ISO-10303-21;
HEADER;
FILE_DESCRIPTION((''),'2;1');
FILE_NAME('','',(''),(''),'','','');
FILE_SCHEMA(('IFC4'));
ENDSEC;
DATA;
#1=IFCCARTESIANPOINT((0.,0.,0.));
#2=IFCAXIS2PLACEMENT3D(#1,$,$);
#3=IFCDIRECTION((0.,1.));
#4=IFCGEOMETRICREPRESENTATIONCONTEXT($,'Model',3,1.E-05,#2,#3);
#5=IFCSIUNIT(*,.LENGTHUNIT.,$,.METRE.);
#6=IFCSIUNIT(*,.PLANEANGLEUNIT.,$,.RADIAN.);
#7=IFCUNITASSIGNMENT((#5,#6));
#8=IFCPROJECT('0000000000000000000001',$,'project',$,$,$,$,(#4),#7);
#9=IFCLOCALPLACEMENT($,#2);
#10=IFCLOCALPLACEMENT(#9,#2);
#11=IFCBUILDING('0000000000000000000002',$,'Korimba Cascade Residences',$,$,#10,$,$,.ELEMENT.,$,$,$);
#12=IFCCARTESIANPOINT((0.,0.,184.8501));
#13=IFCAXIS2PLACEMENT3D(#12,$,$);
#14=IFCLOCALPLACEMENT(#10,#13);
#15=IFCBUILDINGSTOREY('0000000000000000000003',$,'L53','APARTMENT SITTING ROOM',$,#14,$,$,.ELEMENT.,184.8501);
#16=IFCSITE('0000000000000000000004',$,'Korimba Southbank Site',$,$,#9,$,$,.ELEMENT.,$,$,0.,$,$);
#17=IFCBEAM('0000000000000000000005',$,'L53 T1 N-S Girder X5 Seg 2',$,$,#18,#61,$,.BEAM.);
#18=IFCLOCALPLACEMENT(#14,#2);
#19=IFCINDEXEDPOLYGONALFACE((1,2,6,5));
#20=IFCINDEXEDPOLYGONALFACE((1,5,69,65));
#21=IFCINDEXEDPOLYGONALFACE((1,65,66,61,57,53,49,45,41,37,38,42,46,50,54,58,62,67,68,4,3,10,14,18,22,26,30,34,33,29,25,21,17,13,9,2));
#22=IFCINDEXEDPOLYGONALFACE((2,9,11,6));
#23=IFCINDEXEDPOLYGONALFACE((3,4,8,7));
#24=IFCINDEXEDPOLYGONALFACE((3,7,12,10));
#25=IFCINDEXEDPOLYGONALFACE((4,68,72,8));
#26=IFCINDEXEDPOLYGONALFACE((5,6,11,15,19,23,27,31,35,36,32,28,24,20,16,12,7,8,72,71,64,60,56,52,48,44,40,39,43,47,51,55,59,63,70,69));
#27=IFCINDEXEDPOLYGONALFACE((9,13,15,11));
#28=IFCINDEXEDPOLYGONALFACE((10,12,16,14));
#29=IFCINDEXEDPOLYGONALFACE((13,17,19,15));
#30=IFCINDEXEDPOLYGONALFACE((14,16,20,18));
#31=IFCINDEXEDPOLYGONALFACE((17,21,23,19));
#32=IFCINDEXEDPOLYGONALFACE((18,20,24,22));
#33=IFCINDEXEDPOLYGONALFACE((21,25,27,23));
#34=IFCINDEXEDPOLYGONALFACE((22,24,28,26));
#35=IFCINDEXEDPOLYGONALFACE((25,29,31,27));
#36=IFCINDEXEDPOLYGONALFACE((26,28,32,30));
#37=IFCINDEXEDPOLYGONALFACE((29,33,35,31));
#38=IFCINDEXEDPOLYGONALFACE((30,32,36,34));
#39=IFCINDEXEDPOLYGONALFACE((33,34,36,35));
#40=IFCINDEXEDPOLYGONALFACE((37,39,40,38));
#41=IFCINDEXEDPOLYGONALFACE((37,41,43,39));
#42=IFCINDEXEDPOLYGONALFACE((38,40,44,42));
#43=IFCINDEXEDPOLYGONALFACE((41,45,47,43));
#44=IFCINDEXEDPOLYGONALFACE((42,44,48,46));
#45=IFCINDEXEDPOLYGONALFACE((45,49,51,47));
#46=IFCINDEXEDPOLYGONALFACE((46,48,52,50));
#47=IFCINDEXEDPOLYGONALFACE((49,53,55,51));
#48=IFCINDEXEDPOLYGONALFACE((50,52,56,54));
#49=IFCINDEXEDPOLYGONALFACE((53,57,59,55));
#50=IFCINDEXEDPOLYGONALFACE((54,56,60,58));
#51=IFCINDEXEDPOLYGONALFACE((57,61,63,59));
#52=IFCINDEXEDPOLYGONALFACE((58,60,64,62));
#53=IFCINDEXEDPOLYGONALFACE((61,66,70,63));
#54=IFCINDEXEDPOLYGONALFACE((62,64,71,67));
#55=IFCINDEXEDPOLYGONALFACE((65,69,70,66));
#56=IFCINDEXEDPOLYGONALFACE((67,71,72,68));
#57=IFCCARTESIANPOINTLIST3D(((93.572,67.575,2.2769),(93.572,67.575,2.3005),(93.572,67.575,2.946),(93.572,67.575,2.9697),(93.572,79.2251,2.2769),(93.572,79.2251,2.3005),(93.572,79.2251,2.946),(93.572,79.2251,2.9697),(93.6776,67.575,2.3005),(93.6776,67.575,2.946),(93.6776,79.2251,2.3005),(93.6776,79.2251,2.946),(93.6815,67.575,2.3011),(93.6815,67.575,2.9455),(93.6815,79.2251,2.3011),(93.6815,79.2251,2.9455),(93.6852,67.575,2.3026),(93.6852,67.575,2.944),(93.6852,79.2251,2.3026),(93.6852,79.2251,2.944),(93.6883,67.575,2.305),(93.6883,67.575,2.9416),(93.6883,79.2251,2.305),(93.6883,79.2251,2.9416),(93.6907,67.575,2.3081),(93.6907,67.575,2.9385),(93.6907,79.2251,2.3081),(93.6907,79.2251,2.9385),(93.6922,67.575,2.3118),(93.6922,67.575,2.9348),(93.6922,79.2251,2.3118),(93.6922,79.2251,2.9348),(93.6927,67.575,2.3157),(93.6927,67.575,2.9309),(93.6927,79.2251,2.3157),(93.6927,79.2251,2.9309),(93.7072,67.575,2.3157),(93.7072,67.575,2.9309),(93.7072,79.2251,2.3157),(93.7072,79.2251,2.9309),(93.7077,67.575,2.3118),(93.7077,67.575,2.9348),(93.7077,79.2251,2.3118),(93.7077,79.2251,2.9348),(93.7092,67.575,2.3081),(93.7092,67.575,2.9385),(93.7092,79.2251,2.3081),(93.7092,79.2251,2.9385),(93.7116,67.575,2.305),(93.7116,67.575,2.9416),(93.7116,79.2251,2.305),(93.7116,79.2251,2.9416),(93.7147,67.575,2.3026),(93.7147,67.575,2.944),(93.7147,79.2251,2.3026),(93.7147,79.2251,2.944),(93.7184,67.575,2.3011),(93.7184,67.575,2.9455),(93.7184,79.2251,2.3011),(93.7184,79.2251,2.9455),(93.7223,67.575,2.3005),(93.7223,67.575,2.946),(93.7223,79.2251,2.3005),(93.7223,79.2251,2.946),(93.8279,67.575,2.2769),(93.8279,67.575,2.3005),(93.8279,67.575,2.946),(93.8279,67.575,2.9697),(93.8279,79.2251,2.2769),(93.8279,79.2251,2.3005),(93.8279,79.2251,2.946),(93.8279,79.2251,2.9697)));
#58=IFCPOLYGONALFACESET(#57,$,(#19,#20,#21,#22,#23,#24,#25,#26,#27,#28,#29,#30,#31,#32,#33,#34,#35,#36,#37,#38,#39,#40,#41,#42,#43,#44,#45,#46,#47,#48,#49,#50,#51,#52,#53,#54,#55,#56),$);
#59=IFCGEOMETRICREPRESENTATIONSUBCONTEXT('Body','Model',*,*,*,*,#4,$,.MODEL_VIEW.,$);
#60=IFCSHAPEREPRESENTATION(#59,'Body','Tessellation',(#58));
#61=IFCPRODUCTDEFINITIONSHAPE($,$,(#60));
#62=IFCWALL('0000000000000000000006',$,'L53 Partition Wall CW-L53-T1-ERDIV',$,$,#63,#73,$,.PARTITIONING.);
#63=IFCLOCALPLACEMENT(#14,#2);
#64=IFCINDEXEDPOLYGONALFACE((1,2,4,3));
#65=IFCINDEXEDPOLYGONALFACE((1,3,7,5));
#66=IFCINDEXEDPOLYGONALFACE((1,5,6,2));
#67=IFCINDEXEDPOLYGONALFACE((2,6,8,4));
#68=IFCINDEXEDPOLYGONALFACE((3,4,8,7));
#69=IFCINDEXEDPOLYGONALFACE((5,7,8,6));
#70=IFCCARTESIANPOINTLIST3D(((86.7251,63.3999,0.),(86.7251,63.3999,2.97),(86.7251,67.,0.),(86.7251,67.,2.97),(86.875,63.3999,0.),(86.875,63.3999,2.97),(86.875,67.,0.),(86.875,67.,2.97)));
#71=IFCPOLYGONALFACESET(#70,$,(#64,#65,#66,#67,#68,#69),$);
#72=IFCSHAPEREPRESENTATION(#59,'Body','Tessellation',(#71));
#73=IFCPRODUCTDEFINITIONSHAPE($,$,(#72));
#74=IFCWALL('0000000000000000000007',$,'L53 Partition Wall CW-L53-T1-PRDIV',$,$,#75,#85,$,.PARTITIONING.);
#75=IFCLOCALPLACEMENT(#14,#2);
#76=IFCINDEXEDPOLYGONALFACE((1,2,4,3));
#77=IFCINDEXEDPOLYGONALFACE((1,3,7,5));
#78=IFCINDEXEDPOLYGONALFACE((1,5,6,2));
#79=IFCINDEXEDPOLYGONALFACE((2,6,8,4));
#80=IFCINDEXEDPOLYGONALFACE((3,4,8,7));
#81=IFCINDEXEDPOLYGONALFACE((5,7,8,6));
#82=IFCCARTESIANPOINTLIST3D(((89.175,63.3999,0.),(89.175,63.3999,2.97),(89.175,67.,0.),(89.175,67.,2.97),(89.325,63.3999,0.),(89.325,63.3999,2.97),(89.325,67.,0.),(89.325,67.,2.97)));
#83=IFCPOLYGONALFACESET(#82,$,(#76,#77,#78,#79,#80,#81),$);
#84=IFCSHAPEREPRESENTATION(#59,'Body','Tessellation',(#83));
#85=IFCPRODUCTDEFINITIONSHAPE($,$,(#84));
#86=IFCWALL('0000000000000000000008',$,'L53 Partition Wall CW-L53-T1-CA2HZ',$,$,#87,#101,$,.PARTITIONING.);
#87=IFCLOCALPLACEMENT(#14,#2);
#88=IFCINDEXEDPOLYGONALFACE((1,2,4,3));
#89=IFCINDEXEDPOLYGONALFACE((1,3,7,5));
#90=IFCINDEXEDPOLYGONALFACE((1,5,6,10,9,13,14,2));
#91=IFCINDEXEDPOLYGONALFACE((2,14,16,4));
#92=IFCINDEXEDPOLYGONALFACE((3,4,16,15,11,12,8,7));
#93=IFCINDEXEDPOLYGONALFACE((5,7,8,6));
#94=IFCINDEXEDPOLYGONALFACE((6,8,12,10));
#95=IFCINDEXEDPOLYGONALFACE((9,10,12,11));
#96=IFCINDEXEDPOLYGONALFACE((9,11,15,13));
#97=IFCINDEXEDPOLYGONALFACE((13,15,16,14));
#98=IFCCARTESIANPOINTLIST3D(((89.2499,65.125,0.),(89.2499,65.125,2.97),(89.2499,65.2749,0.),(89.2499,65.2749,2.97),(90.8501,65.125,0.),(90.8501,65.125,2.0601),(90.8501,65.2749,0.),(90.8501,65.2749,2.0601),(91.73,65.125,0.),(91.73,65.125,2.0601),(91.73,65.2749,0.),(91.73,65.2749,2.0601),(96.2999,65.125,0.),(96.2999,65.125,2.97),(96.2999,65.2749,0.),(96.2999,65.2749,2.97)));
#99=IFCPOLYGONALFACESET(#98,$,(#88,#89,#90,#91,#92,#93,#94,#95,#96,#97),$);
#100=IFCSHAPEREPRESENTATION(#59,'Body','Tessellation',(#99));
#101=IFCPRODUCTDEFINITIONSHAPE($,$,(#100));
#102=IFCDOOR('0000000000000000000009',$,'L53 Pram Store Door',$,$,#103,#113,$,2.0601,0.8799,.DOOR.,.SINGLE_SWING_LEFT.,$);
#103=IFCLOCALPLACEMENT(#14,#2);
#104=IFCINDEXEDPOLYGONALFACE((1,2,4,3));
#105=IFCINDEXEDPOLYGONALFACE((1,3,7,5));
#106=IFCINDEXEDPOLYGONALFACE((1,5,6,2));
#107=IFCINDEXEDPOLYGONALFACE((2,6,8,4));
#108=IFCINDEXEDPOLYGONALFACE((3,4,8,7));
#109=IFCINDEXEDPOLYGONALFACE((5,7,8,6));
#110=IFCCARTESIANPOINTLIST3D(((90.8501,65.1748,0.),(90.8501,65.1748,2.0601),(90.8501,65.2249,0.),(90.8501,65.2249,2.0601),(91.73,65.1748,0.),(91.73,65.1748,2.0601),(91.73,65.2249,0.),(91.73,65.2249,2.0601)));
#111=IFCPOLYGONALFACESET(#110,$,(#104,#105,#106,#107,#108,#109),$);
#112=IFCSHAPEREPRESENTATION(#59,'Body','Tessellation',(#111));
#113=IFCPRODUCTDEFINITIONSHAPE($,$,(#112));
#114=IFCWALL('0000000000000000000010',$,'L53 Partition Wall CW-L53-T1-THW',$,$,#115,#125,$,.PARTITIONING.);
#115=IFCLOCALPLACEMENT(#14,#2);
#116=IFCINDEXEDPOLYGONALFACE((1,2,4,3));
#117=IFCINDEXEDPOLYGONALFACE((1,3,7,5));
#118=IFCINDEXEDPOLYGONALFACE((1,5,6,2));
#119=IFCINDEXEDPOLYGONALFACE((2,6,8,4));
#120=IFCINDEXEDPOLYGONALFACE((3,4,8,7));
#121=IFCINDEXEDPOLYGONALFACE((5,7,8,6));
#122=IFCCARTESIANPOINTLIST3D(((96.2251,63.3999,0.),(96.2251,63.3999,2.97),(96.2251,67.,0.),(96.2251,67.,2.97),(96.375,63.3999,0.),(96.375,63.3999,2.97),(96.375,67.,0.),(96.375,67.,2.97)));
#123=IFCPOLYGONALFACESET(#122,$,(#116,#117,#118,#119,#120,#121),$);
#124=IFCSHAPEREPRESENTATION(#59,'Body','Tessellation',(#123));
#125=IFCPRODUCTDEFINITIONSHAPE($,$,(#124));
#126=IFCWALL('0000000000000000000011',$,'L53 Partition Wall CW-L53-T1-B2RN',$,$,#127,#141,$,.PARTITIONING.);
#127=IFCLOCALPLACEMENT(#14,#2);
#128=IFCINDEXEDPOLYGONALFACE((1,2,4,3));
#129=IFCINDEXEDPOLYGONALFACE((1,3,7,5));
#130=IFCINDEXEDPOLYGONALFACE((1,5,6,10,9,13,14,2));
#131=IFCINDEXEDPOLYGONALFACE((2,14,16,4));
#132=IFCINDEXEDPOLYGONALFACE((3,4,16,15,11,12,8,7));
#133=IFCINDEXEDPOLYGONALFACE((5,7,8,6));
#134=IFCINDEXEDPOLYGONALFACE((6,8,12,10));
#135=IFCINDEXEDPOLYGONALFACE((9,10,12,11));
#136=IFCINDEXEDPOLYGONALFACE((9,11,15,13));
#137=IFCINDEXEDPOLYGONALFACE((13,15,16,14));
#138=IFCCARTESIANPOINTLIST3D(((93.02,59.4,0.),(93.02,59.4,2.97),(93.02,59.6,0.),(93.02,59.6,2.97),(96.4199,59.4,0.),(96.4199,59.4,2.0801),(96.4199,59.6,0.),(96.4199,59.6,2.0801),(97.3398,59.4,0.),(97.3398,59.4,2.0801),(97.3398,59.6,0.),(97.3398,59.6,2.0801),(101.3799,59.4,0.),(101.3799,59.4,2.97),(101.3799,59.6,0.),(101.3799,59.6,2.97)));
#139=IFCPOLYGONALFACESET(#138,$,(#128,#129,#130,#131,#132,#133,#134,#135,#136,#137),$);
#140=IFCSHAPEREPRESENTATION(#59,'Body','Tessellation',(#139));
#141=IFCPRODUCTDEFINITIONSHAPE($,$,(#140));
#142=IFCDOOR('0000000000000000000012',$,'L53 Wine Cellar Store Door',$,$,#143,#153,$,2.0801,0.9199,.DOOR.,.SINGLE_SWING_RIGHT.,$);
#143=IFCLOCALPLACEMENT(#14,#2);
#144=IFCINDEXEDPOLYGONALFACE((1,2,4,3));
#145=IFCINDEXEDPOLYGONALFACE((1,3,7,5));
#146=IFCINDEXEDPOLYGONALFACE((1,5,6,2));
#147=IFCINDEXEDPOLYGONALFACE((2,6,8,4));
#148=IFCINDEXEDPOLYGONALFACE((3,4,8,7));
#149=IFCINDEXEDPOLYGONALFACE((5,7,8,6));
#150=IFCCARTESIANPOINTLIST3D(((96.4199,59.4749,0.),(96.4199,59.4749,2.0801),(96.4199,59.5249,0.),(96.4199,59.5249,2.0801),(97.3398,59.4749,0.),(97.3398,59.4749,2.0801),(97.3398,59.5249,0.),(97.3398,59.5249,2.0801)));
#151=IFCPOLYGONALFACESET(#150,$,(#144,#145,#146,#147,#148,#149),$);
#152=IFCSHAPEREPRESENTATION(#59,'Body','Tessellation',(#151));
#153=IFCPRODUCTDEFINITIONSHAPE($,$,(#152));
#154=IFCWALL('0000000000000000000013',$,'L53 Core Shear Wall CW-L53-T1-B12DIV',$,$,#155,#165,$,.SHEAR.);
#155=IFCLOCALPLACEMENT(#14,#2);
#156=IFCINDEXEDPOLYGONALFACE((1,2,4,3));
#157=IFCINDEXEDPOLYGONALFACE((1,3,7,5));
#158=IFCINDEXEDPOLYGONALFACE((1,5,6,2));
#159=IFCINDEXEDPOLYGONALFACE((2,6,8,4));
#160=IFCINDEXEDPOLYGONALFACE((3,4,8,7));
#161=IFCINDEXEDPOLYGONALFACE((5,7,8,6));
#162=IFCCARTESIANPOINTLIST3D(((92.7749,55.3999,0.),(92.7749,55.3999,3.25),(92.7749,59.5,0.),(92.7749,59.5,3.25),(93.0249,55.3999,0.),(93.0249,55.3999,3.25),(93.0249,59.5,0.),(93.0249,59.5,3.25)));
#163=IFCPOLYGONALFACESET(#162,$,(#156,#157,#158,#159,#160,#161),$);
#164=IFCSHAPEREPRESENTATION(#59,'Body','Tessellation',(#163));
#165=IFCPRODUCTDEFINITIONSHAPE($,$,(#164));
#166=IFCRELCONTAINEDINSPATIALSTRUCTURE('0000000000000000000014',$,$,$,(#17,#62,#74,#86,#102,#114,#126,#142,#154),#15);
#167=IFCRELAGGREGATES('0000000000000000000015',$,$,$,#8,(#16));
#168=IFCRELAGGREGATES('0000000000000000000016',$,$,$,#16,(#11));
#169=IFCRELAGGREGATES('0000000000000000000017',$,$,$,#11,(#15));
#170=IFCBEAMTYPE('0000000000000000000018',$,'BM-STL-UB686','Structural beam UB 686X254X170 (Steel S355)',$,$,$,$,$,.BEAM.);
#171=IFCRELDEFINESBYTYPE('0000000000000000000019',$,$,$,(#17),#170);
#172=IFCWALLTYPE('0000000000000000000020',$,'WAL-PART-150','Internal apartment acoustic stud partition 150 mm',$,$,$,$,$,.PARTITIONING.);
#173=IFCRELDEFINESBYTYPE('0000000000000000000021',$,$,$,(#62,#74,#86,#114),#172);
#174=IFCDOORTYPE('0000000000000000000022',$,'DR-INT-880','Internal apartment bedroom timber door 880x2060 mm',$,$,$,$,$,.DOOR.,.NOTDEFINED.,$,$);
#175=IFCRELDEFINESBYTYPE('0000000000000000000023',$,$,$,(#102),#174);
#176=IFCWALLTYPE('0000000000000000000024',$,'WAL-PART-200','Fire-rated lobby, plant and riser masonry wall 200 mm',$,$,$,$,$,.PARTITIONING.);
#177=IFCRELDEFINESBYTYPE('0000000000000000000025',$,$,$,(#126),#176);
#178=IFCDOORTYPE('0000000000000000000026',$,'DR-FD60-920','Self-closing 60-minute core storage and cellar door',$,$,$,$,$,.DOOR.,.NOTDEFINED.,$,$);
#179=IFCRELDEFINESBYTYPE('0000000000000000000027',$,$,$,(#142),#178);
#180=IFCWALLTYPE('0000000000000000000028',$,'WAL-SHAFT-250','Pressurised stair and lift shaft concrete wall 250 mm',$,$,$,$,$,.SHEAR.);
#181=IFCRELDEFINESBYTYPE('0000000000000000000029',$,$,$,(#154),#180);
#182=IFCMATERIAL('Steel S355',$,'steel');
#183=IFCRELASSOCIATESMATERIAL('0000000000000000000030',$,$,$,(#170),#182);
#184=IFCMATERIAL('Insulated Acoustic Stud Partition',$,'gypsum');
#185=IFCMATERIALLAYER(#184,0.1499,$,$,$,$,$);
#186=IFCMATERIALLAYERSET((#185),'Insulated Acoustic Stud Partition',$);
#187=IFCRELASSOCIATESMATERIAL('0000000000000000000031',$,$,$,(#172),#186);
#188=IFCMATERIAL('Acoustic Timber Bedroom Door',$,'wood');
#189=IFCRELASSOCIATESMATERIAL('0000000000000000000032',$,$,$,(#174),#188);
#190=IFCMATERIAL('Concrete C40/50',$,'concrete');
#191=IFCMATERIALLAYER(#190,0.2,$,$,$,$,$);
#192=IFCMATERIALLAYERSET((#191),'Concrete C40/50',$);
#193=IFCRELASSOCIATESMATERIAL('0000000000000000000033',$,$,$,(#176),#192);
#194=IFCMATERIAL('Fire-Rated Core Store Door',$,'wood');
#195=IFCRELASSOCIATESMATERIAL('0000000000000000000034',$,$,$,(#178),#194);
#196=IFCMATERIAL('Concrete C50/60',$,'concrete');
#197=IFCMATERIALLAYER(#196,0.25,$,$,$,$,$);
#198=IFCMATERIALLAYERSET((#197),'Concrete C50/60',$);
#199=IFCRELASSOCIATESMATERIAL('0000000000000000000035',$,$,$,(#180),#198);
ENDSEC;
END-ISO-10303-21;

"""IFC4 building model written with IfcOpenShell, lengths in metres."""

from ifc_helpers import new_model, si_unit, direction, frame, frame_2d, origin, origin_2d, place, context, subcontext, project, spatial, rectangle, i_section, extrude, material, layer, layer_set, material_profile, profile_set, type_object, element, fill, save


model = new_model("IFC4")

# Units and contexts
model_context = context("Model", 3, precision=1e-05, world=origin(), true_north=direction((0.0, 1.0)))
body_context = subcontext(model_context, "Body", "Model", "MODEL_VIEW")
ifc_project = project(units=[si_unit("LENGTHUNIT", "METRE"), si_unit("PLANEANGLEUNIT", "RADIAN")], contexts=[model_context])

# Site, building, storey
site_placement = place(None, origin())
site = spatial("IfcSite", under=ifc_project, at=site_placement, Name="Korimba Southbank Site", CompositionType="ELEMENT", RefElevation=0.0)
building_placement = place(site_placement, origin())
building = spatial("IfcBuilding", under=site, at=building_placement, Name="Korimba Cascade Residences", CompositionType="ELEMENT")
storey_placement = place(building_placement, frame((0.0, 0.0, 184.8501)))
storey = spatial("IfcBuildingStorey", under=building, at=storey_placement, Name="L53", Description="APARTMENT SITTING ROOM", CompositionType="ELEMENT", Elevation=184.8501)

# Beam
ifc_material_1 = material(Name="Steel S355", Category="steel")
ifc_material_profile_1 = material_profile(ifc_material_1, i_section(OverallWidth=0.2559, OverallDepth=0.6929, WebThickness=0.0144, FlangeThickness=0.0237, FilletRadius=0.0151, at=origin_2d()), Name="Steel S355")
ifc_profile_set_1 = profile_set([ifc_material_profile_1], Name="Steel S355")
beam_type = type_object("IfcBeamType", Name="BM-STL-UB686", Description="Structural beam UB 686X254X170 (Steel S355)", PredefinedType="BEAM", material=ifc_profile_set_1)
beam_1_placement = place(storey_placement, frame((93.7, 67.575, 2.6233), z_axis=(0.0, 1.0, 0.0), x_axis=(-1.0, 0.0, 0.0)))
element("IfcBeam", 1, at=beam_1_placement, inside=storey, type_object=beam_type, Name="L53 T1 N-S Girder X5 Seg 2", PredefinedType="BEAM", context=body_context, shape_type="SweptSolid", body=[
    extrude(i_section(OverallWidth=0.2559, OverallDepth=0.6929, WebThickness=0.0144, FlangeThickness=0.0237, FilletRadius=0.0151, at=origin_2d()), origin(), (0.0, 0.0, 1.0), 11.6501),
])

# Walls
ifc_material_2 = material(Name="Insulated Acoustic Stud Partition", Category="gypsum")
ifc_layer_1 = layer(ifc_material_2, 0.1499)
ifc_layer_set_1 = layer_set([ifc_layer_1], Name="Insulated Acoustic Stud Partition")
wall_type_1 = type_object("IfcWallType", Name="WAL-PART-150", Description="Internal apartment acoustic stud partition 150 mm", PredefinedType="PARTITIONING", material=ifc_layer_set_1)
for number, where, z_axis, x_axis, name in (
    (2, (86.8, 63.3999, 0.0), (0.0, 0.0, 1.0), (0.0, 1.0, 0.0), "L53 Partition Wall CW-L53-T1-ERDIV"),
    (3, (89.25, 63.3999, 0.0), (0.0, 0.0, 1.0), (0.0, 1.0, 0.0), "L53 Partition Wall CW-L53-T1-PRDIV"),
):
    element("IfcWall", number, at=place(storey_placement, frame(where, z_axis=z_axis, x_axis=x_axis)), inside=storey, type_object=wall_type_1, Name=name, PredefinedType="PARTITIONING", context=body_context, shape_type="SweptSolid", body=[
        extrude(rectangle(XDim=3.6001, YDim=0.1499, at=frame_2d((1.8, 0.0))), origin(), (0.0, 0.0, 1.0), 2.97),
    ])

# Wall, opening, door
wall_1_placement = place(storey_placement, frame((89.25, 65.2, 0.0), z_axis=(0.0, 0.0, 1.0), x_axis=(1.0, 0.0, 0.0)))
wall_1 = element("IfcWall", 4, at=wall_1_placement, inside=storey, type_object=wall_type_1, Name="L53 Partition Wall CW-L53-T1-CA2HZ", PredefinedType="PARTITIONING", context=body_context, shape_type="SweptSolid", body=[
    extrude(rectangle(XDim=7.05, YDim=0.1499, at=frame_2d((3.5249, 0.0))), origin(), (0.0, 0.0, 1.0), 2.97),
])
opening_1_placement = place(wall_1_placement, frame((1.6001, 0.0, 0.0)))
opening_1 = element("IfcOpeningElement", 5, at=opening_1_placement, cuts=wall_1, PredefinedType="OPENING", context=body_context, shape_type="SweptSolid", body=[
    extrude(rectangle(XDim=0.8799, YDim=2.0601, at=frame_2d((0.4399, 1.03))), frame((0.0, 0.085, 0.0), z_axis=(0.0, -1.0, 0.0), x_axis=(1.0, 0.0, 0.0)), (0.0, 0.0, 1.0), 0.1699),
])
ifc_material_3 = material(Name="Acoustic Timber Bedroom Door", Category="wood")
door_type_1 = type_object("IfcDoorType", Name="DR-INT-880", Description="Internal apartment bedroom timber door 880x2060 mm", OperationType="NOTDEFINED", PredefinedType="DOOR", material=ifc_material_3)
door_1_placement = place(opening_1_placement, origin())
door_1 = element("IfcDoor", 6, at=door_1_placement, inside=storey, type_object=door_type_1, Name="L53 Pram Store Door", OperationType="SINGLE_SWING_LEFT", OverallHeight=2.0601, OverallWidth=0.8799, PredefinedType="DOOR", context=body_context, shape_type="SweptSolid", body=[
    extrude(rectangle(XDim=0.8799, YDim=2.0601, at=frame_2d((0.4399, 1.03))), frame((0.0, 0.0249, 0.0), z_axis=(0.0, -1.0, 0.0), x_axis=(1.0, 0.0, 0.0)), (0.0, 0.0, 1.0), 0.05),
])
fill(opening_1, door_1)

# Wall
wall_2_placement = place(storey_placement, frame((96.3, 63.3999, 0.0), z_axis=(0.0, 0.0, 1.0), x_axis=(0.0, 1.0, 0.0)))
element("IfcWall", 7, at=wall_2_placement, inside=storey, type_object=wall_type_1, Name="L53 Partition Wall CW-L53-T1-THW", PredefinedType="PARTITIONING", context=body_context, shape_type="SweptSolid", body=[
    extrude(rectangle(XDim=3.6001, YDim=0.1499, at=frame_2d((1.8, 0.0))), origin(), (0.0, 0.0, 1.0), 2.97),
])

# Wall, opening, door
ifc_material_4 = material(Name="Concrete C40/50", Category="concrete")
ifc_layer_2 = layer(ifc_material_4, 0.2)
ifc_layer_set_2 = layer_set([ifc_layer_2], Name="Concrete C40/50")
wall_type_2 = type_object("IfcWallType", Name="WAL-PART-200", Description="Fire-rated lobby, plant and riser masonry wall 200 mm", PredefinedType="PARTITIONING", material=ifc_layer_set_2)
wall_3_placement = place(storey_placement, frame((93.02, 59.5, 0.0), z_axis=(0.0, 0.0, 1.0), x_axis=(1.0, 0.0, 0.0)))
wall_3 = element("IfcWall", 8, at=wall_3_placement, inside=storey, type_object=wall_type_2, Name="L53 Partition Wall CW-L53-T1-B2RN", PredefinedType="PARTITIONING", context=body_context, shape_type="SweptSolid", body=[
    extrude(rectangle(XDim=8.3599, YDim=0.2, at=frame_2d((4.1799, 0.0))), origin(), (0.0, 0.0, 1.0), 2.97),
])
opening_2_placement = place(wall_3_placement, frame((3.3999, 0.0, 0.0)))
opening_2 = element("IfcOpeningElement", 9, at=opening_2_placement, cuts=wall_3, PredefinedType="OPENING", context=body_context, shape_type="SweptSolid", body=[
    extrude(rectangle(XDim=0.9199, YDim=2.0801, at=frame_2d((0.46, 1.04))), frame((0.0, 0.1099, 0.0), z_axis=(0.0, -1.0, 0.0), x_axis=(1.0, 0.0, 0.0)), (0.0, 0.0, 1.0), 0.22),
])
ifc_material_5 = material(Name="Fire-Rated Core Store Door", Category="wood")
door_type_2 = type_object("IfcDoorType", Name="DR-FD60-920", Description="Self-closing 60-minute core storage and cellar door", OperationType="NOTDEFINED", PredefinedType="DOOR", material=ifc_material_5)
door_2_placement = place(opening_2_placement, origin())
door_2 = element("IfcDoor", 10, at=door_2_placement, inside=storey, type_object=door_type_2, Name="L53 Wine Cellar Store Door", OperationType="SINGLE_SWING_RIGHT", OverallHeight=2.0801, OverallWidth=0.9199, PredefinedType="DOOR", context=body_context, shape_type="SweptSolid", body=[
    extrude(rectangle(XDim=0.9199, YDim=2.0801, at=frame_2d((0.46, 1.04))), frame((0.0, 0.0249, 0.0), z_axis=(0.0, -1.0, 0.0), x_axis=(1.0, 0.0, 0.0)), (0.0, 0.0, 1.0), 0.05),
])
fill(opening_2, door_2)

# Wall
ifc_material_6 = material(Name="Concrete C50/60", Category="concrete")
ifc_layer_3 = layer(ifc_material_6, 0.25)
ifc_layer_set_3 = layer_set([ifc_layer_3], Name="Concrete C50/60")
wall_type_3 = type_object("IfcWallType", Name="WAL-SHAFT-250", Description="Pressurised stair and lift shaft concrete wall 250 mm", PredefinedType="SHEAR", material=ifc_layer_set_3)
wall_4_placement = place(storey_placement, frame((92.8999, 55.3999, 0.0), z_axis=(0.0, 0.0, 1.0), x_axis=(0.0, 1.0, 0.0)))
element("IfcWall", 11, at=wall_4_placement, inside=storey, type_object=wall_type_3, Name="L53 Core Shear Wall CW-L53-T1-B12DIV", PredefinedType="SHEAR", context=body_context, shape_type="SweptSolid", body=[
    extrude(rectangle(XDim=4.1001, YDim=0.25, at=frame_2d((2.05, 0.0))), origin(), (0.0, 0.0, 1.0), 3.25),
])

save(model, "model.ifc")
